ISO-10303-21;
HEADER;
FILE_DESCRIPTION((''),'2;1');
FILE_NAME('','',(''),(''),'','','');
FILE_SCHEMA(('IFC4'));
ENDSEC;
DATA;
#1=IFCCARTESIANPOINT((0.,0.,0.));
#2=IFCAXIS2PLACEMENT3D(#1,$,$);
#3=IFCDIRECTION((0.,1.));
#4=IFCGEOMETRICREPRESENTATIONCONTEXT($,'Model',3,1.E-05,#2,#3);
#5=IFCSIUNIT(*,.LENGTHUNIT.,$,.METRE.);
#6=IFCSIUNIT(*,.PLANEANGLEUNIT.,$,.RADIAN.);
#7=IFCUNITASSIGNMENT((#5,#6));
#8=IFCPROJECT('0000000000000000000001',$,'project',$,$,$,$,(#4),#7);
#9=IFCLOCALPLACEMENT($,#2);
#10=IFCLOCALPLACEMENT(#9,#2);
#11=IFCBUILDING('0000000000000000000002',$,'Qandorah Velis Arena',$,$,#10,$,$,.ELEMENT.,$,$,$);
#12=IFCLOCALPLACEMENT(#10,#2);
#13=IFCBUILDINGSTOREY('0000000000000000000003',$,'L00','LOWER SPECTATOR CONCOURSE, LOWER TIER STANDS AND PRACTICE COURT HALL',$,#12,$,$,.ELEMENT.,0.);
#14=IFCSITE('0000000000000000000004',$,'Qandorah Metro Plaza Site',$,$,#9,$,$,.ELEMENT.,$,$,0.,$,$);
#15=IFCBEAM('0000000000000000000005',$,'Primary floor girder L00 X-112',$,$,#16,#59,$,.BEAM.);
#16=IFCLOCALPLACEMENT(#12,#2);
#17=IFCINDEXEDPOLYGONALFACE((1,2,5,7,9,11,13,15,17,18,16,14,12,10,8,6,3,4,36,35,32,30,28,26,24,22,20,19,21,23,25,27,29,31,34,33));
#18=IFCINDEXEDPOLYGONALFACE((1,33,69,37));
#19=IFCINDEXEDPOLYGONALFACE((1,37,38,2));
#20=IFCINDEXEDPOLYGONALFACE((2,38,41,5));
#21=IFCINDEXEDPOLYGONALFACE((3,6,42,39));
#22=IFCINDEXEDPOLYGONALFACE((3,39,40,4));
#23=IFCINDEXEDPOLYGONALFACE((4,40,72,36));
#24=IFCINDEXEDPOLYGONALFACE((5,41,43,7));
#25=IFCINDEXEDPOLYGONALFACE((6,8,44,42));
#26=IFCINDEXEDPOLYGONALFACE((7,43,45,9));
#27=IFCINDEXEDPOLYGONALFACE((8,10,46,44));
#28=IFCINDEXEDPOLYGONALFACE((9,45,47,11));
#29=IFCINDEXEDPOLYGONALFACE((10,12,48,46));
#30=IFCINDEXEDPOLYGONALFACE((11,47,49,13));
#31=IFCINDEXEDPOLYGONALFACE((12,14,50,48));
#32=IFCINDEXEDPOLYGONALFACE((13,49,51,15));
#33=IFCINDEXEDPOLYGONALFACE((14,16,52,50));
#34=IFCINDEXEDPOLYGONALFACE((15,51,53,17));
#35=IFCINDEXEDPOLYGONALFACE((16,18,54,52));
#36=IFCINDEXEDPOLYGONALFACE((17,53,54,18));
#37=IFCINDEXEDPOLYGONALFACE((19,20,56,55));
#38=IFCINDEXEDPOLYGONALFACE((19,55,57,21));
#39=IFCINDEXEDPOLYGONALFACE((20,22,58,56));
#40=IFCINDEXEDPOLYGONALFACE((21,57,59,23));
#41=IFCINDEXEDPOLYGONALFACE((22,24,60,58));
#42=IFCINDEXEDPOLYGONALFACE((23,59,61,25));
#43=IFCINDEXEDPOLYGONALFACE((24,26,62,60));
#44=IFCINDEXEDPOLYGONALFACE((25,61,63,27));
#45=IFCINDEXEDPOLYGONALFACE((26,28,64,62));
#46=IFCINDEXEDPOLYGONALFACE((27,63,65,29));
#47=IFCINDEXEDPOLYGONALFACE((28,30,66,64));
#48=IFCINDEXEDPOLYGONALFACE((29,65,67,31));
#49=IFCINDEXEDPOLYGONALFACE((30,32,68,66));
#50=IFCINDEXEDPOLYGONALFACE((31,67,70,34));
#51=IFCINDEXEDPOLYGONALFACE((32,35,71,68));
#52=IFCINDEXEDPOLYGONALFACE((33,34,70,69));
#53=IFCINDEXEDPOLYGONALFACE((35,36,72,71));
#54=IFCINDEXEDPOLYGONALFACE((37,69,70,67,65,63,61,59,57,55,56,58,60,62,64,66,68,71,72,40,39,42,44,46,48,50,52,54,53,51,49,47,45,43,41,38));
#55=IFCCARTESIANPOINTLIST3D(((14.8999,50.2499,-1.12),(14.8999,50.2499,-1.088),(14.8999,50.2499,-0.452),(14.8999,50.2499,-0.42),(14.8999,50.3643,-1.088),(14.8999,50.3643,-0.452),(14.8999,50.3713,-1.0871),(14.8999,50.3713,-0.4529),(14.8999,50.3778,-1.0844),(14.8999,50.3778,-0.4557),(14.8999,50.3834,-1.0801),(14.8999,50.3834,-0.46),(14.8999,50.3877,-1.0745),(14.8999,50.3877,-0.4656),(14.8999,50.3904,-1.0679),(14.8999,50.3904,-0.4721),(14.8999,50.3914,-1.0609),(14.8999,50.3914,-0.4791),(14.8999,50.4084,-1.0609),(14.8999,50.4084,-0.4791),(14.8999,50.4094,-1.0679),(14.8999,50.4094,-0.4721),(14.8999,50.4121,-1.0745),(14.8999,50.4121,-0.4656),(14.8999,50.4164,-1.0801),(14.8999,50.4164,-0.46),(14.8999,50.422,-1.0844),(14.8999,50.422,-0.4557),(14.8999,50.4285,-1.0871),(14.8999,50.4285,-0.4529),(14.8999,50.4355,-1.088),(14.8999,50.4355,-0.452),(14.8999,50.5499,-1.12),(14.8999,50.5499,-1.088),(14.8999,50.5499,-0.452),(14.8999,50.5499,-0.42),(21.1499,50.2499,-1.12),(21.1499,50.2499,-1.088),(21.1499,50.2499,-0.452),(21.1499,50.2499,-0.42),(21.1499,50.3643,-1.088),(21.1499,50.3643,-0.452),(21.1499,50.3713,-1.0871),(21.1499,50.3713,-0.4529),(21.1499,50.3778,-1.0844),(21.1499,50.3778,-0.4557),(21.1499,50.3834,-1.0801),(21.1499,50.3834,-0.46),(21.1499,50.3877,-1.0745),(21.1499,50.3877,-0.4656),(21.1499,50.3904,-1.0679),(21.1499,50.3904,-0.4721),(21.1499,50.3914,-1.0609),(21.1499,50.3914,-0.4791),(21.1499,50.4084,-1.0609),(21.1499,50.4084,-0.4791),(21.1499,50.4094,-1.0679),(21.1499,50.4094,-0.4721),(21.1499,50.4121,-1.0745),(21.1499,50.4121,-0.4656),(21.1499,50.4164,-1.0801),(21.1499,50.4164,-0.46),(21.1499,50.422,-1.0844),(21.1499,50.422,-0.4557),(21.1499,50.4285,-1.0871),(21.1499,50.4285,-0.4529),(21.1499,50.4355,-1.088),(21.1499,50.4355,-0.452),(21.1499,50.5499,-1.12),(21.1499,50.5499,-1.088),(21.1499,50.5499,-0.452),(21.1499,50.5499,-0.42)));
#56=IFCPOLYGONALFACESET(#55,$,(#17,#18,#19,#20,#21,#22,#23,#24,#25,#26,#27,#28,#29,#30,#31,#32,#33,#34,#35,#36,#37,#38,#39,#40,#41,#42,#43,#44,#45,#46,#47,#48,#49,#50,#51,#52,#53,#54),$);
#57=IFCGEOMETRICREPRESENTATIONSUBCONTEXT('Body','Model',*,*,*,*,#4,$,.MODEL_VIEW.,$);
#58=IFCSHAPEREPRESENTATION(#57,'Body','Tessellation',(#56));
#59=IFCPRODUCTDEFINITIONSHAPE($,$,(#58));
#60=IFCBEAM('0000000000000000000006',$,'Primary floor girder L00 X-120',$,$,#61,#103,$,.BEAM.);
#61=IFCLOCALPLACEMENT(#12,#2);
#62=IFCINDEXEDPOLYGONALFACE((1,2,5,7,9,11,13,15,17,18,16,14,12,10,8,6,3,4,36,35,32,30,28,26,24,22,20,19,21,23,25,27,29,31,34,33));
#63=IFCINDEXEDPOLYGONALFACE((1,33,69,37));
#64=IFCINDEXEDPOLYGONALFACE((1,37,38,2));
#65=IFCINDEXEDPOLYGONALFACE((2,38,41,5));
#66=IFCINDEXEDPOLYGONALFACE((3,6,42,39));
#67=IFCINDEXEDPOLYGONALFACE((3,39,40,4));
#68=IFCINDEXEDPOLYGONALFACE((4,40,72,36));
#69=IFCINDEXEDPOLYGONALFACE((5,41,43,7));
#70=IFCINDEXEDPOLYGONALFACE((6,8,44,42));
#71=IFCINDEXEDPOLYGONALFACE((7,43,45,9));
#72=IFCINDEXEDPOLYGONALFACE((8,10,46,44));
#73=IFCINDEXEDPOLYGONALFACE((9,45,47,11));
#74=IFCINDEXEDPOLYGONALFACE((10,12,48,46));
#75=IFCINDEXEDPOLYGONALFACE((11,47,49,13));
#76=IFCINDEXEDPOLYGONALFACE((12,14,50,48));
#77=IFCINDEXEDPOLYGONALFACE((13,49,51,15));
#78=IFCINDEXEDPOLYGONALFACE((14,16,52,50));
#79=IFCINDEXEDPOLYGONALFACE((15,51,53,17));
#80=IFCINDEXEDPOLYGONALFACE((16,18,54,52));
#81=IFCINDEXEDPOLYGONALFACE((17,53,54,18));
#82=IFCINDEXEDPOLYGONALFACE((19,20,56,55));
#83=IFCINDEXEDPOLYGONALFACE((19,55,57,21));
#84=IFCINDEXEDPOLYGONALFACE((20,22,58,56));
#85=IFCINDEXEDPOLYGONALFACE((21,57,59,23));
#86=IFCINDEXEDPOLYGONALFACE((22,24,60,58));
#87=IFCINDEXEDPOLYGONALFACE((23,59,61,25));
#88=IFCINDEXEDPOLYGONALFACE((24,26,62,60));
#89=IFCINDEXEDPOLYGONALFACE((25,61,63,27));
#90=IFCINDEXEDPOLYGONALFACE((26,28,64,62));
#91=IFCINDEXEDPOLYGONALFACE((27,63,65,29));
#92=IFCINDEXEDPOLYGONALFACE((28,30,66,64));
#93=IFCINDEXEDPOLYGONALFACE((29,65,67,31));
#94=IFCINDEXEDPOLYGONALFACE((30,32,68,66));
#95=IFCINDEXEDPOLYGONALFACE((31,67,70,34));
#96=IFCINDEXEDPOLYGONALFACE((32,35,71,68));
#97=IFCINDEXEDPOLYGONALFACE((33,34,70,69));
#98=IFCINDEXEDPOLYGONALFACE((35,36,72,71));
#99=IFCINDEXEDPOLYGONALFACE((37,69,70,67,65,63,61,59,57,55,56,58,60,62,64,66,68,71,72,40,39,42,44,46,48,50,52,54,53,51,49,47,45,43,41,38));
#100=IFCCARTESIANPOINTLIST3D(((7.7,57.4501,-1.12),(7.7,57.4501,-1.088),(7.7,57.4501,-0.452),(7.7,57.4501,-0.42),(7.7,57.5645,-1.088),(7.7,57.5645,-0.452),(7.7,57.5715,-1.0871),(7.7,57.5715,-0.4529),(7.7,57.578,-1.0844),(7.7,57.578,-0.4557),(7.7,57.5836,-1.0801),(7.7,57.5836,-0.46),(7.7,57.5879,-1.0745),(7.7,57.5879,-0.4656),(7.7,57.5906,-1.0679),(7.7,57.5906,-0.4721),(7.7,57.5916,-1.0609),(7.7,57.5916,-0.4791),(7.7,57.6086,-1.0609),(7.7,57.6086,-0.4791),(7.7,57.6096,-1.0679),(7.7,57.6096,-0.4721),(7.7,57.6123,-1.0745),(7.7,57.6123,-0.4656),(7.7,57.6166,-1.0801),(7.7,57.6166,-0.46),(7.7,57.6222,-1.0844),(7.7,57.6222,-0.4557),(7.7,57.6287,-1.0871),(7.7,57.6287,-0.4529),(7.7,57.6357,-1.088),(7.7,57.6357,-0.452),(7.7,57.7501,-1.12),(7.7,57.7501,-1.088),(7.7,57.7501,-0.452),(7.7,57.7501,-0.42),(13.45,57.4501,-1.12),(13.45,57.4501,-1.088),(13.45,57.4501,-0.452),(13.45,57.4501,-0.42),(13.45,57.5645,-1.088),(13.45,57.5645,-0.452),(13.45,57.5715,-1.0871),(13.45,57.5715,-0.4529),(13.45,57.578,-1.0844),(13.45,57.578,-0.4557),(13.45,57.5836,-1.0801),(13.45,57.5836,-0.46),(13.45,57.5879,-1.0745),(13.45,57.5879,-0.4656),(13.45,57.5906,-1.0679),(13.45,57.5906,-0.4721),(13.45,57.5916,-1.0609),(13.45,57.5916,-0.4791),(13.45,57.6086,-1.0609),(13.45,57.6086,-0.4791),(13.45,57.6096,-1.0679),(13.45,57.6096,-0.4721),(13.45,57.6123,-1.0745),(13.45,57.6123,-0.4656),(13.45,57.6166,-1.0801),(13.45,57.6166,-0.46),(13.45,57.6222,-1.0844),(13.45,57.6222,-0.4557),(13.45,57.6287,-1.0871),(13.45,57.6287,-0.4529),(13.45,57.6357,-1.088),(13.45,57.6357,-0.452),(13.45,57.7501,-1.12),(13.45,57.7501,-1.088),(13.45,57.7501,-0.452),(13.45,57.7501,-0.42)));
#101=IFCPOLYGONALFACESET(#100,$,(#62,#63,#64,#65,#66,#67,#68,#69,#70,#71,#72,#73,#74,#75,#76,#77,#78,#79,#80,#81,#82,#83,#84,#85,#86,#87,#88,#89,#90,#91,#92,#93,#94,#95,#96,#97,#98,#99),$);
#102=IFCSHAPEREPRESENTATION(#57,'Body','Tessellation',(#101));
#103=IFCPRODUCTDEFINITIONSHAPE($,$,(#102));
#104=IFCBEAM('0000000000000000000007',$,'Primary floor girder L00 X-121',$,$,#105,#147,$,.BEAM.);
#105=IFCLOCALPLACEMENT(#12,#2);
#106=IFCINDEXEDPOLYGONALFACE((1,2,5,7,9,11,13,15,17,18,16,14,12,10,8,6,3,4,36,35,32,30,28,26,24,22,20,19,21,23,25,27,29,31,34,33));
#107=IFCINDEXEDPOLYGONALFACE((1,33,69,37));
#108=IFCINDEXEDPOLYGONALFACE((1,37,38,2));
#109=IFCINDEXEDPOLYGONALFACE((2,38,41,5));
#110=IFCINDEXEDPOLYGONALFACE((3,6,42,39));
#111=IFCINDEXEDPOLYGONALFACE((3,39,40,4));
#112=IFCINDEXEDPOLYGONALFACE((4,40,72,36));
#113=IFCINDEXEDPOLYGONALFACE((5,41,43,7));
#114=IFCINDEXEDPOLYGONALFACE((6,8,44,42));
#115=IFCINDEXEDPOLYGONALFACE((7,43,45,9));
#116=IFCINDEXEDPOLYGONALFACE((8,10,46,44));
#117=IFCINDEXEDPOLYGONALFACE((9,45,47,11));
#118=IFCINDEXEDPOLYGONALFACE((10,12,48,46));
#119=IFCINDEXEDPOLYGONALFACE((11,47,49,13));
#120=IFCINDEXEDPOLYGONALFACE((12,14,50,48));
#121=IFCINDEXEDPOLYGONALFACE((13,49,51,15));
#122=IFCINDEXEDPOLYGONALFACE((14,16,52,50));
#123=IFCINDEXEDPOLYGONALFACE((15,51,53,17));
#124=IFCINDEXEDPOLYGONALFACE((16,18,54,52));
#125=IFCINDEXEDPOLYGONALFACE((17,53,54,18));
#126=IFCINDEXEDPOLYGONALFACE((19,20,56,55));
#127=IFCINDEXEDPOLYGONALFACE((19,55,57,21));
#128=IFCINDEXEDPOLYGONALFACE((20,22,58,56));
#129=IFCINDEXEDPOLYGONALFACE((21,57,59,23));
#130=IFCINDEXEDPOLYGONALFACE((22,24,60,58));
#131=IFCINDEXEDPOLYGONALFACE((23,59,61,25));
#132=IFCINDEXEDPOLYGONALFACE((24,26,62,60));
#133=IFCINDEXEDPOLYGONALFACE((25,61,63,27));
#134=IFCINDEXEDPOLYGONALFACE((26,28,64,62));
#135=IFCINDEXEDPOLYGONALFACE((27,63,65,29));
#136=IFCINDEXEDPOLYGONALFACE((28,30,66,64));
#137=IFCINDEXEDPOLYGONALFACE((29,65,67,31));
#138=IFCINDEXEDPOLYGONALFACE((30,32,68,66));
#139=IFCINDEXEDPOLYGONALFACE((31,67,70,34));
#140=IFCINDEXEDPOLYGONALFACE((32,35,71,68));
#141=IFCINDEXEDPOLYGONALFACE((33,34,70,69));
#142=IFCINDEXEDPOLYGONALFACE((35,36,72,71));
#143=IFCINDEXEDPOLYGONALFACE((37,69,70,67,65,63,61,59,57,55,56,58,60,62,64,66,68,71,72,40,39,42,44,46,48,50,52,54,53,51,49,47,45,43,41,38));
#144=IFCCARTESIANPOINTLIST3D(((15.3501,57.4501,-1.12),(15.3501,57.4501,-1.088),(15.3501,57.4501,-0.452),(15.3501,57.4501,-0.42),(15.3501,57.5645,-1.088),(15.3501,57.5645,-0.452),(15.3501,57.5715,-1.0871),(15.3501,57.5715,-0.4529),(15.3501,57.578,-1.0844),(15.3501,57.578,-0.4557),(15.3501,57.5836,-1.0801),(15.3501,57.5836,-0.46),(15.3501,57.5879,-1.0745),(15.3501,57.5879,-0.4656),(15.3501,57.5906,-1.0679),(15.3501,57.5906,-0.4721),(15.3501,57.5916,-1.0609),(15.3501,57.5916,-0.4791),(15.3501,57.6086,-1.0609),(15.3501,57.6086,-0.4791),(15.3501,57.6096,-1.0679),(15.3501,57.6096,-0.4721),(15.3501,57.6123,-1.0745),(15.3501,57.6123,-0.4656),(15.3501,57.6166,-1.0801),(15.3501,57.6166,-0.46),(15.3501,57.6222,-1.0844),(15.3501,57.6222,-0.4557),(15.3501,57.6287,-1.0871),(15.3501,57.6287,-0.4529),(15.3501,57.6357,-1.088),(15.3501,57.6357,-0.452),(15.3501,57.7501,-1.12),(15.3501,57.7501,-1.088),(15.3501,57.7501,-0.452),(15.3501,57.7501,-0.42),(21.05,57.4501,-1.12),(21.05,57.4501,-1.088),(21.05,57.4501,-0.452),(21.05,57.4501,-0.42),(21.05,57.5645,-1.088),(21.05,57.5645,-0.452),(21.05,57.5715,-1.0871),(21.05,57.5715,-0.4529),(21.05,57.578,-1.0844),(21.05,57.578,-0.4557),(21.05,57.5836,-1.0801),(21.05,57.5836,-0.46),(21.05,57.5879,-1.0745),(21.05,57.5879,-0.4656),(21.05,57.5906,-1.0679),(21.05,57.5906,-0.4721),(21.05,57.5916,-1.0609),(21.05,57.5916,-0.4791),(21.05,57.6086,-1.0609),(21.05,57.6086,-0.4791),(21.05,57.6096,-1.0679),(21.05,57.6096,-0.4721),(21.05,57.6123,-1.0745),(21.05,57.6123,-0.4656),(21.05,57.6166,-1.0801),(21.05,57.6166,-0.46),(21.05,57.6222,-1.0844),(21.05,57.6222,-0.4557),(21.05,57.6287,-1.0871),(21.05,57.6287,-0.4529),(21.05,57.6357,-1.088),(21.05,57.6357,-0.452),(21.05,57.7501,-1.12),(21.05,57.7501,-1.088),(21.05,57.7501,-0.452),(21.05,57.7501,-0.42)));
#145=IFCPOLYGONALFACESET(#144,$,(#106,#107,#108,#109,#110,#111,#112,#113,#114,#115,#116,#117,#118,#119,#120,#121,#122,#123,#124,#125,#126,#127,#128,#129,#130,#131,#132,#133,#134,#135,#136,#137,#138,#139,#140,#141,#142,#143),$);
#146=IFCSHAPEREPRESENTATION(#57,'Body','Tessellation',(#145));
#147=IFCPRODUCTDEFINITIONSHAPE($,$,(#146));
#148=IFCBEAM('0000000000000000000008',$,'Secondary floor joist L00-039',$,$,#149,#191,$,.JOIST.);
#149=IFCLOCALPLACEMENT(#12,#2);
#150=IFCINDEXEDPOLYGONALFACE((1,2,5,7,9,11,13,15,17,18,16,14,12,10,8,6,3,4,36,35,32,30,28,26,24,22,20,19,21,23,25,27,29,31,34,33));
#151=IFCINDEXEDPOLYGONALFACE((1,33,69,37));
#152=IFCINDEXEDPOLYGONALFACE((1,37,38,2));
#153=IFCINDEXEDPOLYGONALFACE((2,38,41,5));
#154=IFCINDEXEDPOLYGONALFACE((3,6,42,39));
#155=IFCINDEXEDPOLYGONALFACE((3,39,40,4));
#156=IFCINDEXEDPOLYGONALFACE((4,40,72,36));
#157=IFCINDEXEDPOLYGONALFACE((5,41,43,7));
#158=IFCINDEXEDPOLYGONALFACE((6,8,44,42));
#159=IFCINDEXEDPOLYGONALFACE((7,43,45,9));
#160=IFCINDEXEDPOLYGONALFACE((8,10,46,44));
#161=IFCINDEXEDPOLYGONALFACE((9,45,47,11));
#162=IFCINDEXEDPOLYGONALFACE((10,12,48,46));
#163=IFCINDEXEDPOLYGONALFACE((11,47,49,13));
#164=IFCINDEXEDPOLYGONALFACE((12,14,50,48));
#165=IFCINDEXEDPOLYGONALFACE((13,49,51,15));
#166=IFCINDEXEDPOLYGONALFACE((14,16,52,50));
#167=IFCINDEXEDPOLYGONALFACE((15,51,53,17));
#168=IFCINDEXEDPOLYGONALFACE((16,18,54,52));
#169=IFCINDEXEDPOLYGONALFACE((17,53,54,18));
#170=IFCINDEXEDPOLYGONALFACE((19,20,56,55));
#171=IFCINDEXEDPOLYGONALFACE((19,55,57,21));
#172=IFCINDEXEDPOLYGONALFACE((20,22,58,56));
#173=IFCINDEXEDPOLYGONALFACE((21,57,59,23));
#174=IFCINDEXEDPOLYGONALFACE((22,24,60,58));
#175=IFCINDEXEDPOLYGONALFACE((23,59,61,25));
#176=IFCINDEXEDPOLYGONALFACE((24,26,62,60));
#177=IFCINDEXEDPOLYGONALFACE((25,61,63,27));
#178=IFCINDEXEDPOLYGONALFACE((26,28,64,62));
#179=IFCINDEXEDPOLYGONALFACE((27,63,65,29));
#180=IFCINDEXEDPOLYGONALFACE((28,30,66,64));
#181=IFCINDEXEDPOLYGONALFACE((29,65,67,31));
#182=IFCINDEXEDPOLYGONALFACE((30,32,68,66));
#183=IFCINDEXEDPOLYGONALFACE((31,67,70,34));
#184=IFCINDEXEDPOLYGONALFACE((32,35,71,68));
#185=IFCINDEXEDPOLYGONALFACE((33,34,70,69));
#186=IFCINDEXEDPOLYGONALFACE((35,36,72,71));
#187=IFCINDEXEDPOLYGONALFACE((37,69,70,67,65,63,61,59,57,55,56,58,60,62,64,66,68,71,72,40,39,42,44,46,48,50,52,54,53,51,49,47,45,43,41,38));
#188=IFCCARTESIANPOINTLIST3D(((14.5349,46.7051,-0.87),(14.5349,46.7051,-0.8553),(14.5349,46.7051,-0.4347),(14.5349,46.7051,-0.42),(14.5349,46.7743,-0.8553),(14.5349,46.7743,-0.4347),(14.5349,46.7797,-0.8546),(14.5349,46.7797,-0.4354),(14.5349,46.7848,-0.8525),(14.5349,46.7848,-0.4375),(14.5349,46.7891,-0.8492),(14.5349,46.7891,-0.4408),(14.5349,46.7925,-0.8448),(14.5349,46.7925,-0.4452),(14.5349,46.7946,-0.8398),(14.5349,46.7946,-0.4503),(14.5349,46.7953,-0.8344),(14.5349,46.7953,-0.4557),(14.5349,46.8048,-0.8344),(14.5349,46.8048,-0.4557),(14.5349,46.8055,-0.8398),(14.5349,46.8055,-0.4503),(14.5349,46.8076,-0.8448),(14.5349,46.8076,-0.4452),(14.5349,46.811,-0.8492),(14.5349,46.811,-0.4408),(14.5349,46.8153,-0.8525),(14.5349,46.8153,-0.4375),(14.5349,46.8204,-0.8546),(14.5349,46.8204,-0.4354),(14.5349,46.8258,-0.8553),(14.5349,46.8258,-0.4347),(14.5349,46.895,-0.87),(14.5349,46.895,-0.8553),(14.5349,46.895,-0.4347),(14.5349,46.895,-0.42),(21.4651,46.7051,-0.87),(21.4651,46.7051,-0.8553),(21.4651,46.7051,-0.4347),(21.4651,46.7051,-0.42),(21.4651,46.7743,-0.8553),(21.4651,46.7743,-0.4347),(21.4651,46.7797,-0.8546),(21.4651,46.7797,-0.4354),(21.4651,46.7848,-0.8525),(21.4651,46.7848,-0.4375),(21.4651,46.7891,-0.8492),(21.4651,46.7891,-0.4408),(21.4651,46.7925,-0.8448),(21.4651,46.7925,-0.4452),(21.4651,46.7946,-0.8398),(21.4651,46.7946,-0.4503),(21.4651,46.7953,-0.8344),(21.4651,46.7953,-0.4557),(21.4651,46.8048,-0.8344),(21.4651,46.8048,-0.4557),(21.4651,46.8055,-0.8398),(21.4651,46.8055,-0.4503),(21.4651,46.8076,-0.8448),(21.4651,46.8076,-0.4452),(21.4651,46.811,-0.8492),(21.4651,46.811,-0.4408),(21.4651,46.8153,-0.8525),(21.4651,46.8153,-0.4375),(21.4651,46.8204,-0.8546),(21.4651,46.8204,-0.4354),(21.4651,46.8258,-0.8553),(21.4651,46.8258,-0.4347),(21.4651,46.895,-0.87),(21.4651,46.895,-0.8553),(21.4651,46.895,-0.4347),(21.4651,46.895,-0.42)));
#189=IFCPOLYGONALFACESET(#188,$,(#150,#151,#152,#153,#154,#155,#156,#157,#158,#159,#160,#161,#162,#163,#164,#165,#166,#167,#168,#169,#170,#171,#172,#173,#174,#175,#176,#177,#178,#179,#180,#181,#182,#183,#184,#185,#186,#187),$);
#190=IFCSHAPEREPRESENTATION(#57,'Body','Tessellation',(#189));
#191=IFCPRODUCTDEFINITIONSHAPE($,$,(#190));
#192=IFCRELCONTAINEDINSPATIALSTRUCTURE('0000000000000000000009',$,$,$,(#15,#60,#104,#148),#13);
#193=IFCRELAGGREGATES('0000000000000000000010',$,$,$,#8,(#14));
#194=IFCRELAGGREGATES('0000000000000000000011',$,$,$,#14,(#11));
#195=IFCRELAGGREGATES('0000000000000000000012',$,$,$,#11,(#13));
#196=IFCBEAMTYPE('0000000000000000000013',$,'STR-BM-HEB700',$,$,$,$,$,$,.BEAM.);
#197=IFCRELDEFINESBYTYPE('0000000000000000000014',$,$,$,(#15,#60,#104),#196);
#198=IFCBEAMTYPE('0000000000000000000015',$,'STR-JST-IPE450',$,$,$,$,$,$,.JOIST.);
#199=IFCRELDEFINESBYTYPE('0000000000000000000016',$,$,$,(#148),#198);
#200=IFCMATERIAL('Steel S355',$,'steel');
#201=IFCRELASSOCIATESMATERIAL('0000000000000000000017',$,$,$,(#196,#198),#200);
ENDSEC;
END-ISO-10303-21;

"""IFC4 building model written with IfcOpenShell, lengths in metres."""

from ifc_helpers import new_model, si_unit, direction, frame, origin, origin_2d, place, context, subcontext, project, spatial, i_section, extrude, material, material_profile, profile_set, type_object, element, save


model = new_model("IFC4")

# Units and contexts
model_context = context("Model", 3, precision=1e-05, world=origin(), true_north=direction((0.0, 1.0)))
body_context = subcontext(model_context, "Body", "Model", "MODEL_VIEW")
ifc_project = project(units=[si_unit("LENGTHUNIT", "METRE"), si_unit("PLANEANGLEUNIT", "RADIAN")], contexts=[model_context])

# Site, building, storey
site_placement = place(None, origin())
site = spatial("IfcSite", under=ifc_project, at=site_placement, Name="Qandorah Metro Plaza Site", CompositionType="ELEMENT", RefElevation=0.0)
building_placement = place(site_placement, origin())
building = spatial("IfcBuilding", under=site, at=building_placement, Name="Qandorah Velis Arena", CompositionType="ELEMENT")
storey_placement = place(building_placement, origin())
storey = spatial("IfcBuildingStorey", under=building, at=storey_placement, Name="L00", Description="LOWER SPECTATOR CONCOURSE, LOWER TIER STANDS AND PRACTICE COURT HALL", CompositionType="ELEMENT", Elevation=0.0)

# Beams
ifc_material_1 = material(Name="Steel S355", Category="steel")
ifc_material_profile_1 = material_profile(ifc_material_1, i_section(OverallWidth=0.3, OverallDepth=0.7, WebThickness=0.0171, FlangeThickness=0.032, FilletRadius=0.0271, at=origin_2d()), Name="HEB 700")
ifc_profile_set_1 = profile_set([ifc_material_profile_1], Name="Steel S355")
beam_type_1 = type_object("IfcBeamType", Name="STR-BM-HEB700", PredefinedType="BEAM", material=ifc_profile_set_1)
beam_1_placement = place(storey_placement, frame((14.8999, 50.3999, -0.77), z_axis=(1.0, 0.0, 0.0), x_axis=(0.0, 1.0, 0.0)))
element("IfcBeam", 1, at=beam_1_placement, inside=storey, type_object=beam_type_1, Name="Primary floor girder L00 X-112", PredefinedType="BEAM", context=body_context, shape_type="SweptSolid", body=[
    extrude(i_section(OverallWidth=0.3, OverallDepth=0.7, WebThickness=0.0171, FlangeThickness=0.032, FilletRadius=0.0271, at=origin_2d()), origin(), (0.0, 0.0, 1.0), 6.25),
])
beam_2_placement = place(storey_placement, frame((7.7, 57.6001, -0.77), z_axis=(1.0, 0.0, 0.0), x_axis=(0.0, 1.0, 0.0)))
element("IfcBeam", 2, at=beam_2_placement, inside=storey, type_object=beam_type_1, Name="Primary floor girder L00 X-120", PredefinedType="BEAM", context=body_context, shape_type="SweptSolid", body=[
    extrude(i_section(OverallWidth=0.3, OverallDepth=0.7, WebThickness=0.0171, FlangeThickness=0.032, FilletRadius=0.0271, at=origin_2d()), origin(), (0.0, 0.0, 1.0), 5.75),
])
beam_3_placement = place(storey_placement, frame((15.3501, 57.6001, -0.77), z_axis=(1.0, 0.0, 0.0), x_axis=(0.0, 1.0, 0.0)))
element("IfcBeam", 3, at=beam_3_placement, inside=storey, type_object=beam_type_1, Name="Primary floor girder L00 X-121", PredefinedType="BEAM", context=body_context, shape_type="SweptSolid", body=[
    extrude(i_section(OverallWidth=0.3, OverallDepth=0.7, WebThickness=0.0171, FlangeThickness=0.032, FilletRadius=0.0271, at=origin_2d()), origin(), (0.0, 0.0, 1.0), 5.7),
])
ifc_material_profile_2 = material_profile(ifc_material_1, i_section(OverallWidth=0.1899, OverallDepth=0.45, WebThickness=0.0095, FlangeThickness=0.0146, FilletRadius=0.021, at=origin_2d()), Name="IPE 450")
ifc_profile_set_2 = profile_set([ifc_material_profile_2], Name="Steel S355")
beam_type_2 = type_object("IfcBeamType", Name="STR-JST-IPE450", PredefinedType="JOIST", material=ifc_profile_set_2)
for number, where, z_axis, x_axis, name in (
    (4, (14.5349, 46.8, -0.645), (1.0, 0.0, 0.0), (0.0, 1.0, 0.0), "Secondary floor joist L00-039"),
):
    element("IfcBeam", number, at=place(storey_placement, frame(where, z_axis=z_axis, x_axis=x_axis)), inside=storey, type_object=beam_type_2, Name=name, PredefinedType="JOIST", context=body_context, shape_type="SweptSolid", body=[
        extrude(i_section(OverallWidth=0.1899, OverallDepth=0.45, WebThickness=0.0095, FlangeThickness=0.0146, FilletRadius=0.021, at=origin_2d()), origin(), (0.0, 0.0, 1.0), 6.9302),
    ])

save(model, "model.ifc")
